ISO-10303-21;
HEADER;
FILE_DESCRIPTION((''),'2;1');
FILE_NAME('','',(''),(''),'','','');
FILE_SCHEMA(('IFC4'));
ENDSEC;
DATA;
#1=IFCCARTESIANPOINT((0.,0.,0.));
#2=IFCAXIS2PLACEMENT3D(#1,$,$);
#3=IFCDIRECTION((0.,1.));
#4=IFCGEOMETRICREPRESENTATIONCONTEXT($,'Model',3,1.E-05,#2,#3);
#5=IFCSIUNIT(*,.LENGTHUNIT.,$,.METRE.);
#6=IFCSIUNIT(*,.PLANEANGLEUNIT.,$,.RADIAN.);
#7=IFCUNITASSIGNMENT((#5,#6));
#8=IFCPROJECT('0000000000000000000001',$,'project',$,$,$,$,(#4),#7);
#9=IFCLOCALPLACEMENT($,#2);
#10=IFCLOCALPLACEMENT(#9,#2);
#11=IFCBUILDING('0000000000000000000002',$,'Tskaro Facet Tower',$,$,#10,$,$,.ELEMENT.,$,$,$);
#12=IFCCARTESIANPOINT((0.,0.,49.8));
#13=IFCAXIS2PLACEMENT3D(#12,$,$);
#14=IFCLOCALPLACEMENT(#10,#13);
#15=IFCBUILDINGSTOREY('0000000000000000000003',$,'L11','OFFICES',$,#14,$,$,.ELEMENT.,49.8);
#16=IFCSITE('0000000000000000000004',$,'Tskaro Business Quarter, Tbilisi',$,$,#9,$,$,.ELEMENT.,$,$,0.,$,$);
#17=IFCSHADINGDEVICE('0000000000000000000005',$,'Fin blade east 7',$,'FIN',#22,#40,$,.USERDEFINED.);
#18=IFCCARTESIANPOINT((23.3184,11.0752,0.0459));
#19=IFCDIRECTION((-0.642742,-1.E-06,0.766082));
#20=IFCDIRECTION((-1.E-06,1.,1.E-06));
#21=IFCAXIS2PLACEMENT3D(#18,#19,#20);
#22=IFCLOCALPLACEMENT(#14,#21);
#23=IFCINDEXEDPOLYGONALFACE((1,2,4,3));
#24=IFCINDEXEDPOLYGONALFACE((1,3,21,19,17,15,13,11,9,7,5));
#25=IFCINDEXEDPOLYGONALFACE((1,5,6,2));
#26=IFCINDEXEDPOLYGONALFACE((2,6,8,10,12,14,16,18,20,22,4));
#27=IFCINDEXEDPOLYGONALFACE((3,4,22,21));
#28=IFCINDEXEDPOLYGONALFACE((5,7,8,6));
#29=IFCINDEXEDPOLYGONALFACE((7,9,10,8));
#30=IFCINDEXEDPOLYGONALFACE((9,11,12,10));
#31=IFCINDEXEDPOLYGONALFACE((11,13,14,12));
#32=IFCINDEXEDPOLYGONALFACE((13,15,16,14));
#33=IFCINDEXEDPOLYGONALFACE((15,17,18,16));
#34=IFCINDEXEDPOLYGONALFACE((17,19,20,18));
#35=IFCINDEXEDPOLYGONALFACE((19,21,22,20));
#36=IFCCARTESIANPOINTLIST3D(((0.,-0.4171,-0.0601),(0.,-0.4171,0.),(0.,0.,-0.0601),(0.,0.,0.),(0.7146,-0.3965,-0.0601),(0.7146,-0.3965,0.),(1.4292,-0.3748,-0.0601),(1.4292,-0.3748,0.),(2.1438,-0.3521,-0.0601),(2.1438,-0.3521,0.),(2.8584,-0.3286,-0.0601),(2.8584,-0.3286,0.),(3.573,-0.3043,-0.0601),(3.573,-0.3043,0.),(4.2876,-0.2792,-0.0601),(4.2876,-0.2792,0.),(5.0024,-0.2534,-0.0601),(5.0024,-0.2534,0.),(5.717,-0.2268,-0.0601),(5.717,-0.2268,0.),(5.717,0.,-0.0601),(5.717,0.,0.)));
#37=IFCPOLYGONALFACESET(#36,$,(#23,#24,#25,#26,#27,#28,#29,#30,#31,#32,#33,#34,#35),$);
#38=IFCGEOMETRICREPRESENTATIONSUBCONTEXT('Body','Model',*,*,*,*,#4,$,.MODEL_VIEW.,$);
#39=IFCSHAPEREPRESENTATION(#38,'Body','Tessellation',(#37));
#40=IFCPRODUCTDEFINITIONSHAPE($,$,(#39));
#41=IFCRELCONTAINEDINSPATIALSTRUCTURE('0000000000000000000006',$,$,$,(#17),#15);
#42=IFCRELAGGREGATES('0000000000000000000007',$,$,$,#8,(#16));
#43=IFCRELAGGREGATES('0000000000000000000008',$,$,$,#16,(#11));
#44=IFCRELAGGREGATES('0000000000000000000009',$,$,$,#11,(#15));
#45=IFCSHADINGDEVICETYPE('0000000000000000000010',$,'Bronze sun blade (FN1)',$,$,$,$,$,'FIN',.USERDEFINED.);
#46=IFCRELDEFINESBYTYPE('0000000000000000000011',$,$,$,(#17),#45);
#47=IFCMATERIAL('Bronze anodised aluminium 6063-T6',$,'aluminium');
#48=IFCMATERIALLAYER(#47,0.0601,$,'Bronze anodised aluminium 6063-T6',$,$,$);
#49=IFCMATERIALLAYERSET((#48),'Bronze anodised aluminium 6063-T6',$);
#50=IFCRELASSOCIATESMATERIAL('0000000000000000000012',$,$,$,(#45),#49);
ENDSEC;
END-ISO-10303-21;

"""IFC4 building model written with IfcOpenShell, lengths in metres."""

from ifc_helpers import new_model, si_unit, direction, frame, origin, place, context, subcontext, project, spatial, polyline, outline, extrude, material, layer, layer_set, type_object, element, save


model = new_model("IFC4")

# Units and contexts
model_context = context("Model", 3, precision=1e-05, world=origin(), true_north=direction((0.0, 1.0)))
body_context = subcontext(model_context, "Body", "Model", "MODEL_VIEW")
ifc_project = project(units=[si_unit("LENGTHUNIT", "METRE"), si_unit("PLANEANGLEUNIT", "RADIAN")], contexts=[model_context])

# Site, building, storey
site_placement = place(None, origin())
site = spatial("IfcSite", under=ifc_project, at=site_placement, Name="Tskaro Business Quarter, Tbilisi", CompositionType="ELEMENT", RefElevation=0.0)
building_placement = place(site_placement, origin())
building = spatial("IfcBuilding", under=site, at=building_placement, Name="Tskaro Facet Tower", CompositionType="ELEMENT")
storey_placement = place(building_placement, frame((0.0, 0.0, 49.8)))
storey = spatial("IfcBuildingStorey", under=building, at=storey_placement, Name="L11", Description="OFFICES", CompositionType="ELEMENT", Elevation=49.8)

# Shared definitions
ifc_material_1 = material(Name="Bronze anodised aluminium 6063-T6", Category="aluminium")

# Shading device
ifc_layer_1 = layer(ifc_material_1, 0.0601, Name="Bronze anodised aluminium 6063-T6")
ifc_layer_set_1 = layer_set([ifc_layer_1], Name="Bronze anodised aluminium 6063-T6")
shading_device_type = type_object("IfcShadingDeviceType", Name="Bronze sun blade (FN1)", ElementType="FIN", PredefinedType="USERDEFINED", material=ifc_layer_set_1)
shading_device_1_placement = place(storey_placement, frame((23.3184, 11.0752, 0.0459), z_axis=(-0.642742, -0.000001, 0.766082), x_axis=(-0.000001, 1.0, 0.000001)))
element("IfcShadingDevice", 1, at=shading_device_1_placement, inside=storey, type_object=shading_device_type, Name="Fin blade east 7", ObjectType="FIN", PredefinedType="USERDEFINED", context=body_context, shape_type="SweptSolid", body=[
    extrude(outline(polyline([(0.0, 0.0), (5.717, 0.0), (5.717, -0.2268), (5.0024, -0.2534), (4.2876, -0.2792), (3.573, -0.3043), (2.8584, -0.3286), (2.1438, -0.3521), (1.4292, -0.3748), (0.7146, -0.3965), (0.0, -0.4171), (0.0, 0.0)])), origin(), (0.0, 0.0, -1.0), 0.0601),
])

save(model, "model.ifc")
